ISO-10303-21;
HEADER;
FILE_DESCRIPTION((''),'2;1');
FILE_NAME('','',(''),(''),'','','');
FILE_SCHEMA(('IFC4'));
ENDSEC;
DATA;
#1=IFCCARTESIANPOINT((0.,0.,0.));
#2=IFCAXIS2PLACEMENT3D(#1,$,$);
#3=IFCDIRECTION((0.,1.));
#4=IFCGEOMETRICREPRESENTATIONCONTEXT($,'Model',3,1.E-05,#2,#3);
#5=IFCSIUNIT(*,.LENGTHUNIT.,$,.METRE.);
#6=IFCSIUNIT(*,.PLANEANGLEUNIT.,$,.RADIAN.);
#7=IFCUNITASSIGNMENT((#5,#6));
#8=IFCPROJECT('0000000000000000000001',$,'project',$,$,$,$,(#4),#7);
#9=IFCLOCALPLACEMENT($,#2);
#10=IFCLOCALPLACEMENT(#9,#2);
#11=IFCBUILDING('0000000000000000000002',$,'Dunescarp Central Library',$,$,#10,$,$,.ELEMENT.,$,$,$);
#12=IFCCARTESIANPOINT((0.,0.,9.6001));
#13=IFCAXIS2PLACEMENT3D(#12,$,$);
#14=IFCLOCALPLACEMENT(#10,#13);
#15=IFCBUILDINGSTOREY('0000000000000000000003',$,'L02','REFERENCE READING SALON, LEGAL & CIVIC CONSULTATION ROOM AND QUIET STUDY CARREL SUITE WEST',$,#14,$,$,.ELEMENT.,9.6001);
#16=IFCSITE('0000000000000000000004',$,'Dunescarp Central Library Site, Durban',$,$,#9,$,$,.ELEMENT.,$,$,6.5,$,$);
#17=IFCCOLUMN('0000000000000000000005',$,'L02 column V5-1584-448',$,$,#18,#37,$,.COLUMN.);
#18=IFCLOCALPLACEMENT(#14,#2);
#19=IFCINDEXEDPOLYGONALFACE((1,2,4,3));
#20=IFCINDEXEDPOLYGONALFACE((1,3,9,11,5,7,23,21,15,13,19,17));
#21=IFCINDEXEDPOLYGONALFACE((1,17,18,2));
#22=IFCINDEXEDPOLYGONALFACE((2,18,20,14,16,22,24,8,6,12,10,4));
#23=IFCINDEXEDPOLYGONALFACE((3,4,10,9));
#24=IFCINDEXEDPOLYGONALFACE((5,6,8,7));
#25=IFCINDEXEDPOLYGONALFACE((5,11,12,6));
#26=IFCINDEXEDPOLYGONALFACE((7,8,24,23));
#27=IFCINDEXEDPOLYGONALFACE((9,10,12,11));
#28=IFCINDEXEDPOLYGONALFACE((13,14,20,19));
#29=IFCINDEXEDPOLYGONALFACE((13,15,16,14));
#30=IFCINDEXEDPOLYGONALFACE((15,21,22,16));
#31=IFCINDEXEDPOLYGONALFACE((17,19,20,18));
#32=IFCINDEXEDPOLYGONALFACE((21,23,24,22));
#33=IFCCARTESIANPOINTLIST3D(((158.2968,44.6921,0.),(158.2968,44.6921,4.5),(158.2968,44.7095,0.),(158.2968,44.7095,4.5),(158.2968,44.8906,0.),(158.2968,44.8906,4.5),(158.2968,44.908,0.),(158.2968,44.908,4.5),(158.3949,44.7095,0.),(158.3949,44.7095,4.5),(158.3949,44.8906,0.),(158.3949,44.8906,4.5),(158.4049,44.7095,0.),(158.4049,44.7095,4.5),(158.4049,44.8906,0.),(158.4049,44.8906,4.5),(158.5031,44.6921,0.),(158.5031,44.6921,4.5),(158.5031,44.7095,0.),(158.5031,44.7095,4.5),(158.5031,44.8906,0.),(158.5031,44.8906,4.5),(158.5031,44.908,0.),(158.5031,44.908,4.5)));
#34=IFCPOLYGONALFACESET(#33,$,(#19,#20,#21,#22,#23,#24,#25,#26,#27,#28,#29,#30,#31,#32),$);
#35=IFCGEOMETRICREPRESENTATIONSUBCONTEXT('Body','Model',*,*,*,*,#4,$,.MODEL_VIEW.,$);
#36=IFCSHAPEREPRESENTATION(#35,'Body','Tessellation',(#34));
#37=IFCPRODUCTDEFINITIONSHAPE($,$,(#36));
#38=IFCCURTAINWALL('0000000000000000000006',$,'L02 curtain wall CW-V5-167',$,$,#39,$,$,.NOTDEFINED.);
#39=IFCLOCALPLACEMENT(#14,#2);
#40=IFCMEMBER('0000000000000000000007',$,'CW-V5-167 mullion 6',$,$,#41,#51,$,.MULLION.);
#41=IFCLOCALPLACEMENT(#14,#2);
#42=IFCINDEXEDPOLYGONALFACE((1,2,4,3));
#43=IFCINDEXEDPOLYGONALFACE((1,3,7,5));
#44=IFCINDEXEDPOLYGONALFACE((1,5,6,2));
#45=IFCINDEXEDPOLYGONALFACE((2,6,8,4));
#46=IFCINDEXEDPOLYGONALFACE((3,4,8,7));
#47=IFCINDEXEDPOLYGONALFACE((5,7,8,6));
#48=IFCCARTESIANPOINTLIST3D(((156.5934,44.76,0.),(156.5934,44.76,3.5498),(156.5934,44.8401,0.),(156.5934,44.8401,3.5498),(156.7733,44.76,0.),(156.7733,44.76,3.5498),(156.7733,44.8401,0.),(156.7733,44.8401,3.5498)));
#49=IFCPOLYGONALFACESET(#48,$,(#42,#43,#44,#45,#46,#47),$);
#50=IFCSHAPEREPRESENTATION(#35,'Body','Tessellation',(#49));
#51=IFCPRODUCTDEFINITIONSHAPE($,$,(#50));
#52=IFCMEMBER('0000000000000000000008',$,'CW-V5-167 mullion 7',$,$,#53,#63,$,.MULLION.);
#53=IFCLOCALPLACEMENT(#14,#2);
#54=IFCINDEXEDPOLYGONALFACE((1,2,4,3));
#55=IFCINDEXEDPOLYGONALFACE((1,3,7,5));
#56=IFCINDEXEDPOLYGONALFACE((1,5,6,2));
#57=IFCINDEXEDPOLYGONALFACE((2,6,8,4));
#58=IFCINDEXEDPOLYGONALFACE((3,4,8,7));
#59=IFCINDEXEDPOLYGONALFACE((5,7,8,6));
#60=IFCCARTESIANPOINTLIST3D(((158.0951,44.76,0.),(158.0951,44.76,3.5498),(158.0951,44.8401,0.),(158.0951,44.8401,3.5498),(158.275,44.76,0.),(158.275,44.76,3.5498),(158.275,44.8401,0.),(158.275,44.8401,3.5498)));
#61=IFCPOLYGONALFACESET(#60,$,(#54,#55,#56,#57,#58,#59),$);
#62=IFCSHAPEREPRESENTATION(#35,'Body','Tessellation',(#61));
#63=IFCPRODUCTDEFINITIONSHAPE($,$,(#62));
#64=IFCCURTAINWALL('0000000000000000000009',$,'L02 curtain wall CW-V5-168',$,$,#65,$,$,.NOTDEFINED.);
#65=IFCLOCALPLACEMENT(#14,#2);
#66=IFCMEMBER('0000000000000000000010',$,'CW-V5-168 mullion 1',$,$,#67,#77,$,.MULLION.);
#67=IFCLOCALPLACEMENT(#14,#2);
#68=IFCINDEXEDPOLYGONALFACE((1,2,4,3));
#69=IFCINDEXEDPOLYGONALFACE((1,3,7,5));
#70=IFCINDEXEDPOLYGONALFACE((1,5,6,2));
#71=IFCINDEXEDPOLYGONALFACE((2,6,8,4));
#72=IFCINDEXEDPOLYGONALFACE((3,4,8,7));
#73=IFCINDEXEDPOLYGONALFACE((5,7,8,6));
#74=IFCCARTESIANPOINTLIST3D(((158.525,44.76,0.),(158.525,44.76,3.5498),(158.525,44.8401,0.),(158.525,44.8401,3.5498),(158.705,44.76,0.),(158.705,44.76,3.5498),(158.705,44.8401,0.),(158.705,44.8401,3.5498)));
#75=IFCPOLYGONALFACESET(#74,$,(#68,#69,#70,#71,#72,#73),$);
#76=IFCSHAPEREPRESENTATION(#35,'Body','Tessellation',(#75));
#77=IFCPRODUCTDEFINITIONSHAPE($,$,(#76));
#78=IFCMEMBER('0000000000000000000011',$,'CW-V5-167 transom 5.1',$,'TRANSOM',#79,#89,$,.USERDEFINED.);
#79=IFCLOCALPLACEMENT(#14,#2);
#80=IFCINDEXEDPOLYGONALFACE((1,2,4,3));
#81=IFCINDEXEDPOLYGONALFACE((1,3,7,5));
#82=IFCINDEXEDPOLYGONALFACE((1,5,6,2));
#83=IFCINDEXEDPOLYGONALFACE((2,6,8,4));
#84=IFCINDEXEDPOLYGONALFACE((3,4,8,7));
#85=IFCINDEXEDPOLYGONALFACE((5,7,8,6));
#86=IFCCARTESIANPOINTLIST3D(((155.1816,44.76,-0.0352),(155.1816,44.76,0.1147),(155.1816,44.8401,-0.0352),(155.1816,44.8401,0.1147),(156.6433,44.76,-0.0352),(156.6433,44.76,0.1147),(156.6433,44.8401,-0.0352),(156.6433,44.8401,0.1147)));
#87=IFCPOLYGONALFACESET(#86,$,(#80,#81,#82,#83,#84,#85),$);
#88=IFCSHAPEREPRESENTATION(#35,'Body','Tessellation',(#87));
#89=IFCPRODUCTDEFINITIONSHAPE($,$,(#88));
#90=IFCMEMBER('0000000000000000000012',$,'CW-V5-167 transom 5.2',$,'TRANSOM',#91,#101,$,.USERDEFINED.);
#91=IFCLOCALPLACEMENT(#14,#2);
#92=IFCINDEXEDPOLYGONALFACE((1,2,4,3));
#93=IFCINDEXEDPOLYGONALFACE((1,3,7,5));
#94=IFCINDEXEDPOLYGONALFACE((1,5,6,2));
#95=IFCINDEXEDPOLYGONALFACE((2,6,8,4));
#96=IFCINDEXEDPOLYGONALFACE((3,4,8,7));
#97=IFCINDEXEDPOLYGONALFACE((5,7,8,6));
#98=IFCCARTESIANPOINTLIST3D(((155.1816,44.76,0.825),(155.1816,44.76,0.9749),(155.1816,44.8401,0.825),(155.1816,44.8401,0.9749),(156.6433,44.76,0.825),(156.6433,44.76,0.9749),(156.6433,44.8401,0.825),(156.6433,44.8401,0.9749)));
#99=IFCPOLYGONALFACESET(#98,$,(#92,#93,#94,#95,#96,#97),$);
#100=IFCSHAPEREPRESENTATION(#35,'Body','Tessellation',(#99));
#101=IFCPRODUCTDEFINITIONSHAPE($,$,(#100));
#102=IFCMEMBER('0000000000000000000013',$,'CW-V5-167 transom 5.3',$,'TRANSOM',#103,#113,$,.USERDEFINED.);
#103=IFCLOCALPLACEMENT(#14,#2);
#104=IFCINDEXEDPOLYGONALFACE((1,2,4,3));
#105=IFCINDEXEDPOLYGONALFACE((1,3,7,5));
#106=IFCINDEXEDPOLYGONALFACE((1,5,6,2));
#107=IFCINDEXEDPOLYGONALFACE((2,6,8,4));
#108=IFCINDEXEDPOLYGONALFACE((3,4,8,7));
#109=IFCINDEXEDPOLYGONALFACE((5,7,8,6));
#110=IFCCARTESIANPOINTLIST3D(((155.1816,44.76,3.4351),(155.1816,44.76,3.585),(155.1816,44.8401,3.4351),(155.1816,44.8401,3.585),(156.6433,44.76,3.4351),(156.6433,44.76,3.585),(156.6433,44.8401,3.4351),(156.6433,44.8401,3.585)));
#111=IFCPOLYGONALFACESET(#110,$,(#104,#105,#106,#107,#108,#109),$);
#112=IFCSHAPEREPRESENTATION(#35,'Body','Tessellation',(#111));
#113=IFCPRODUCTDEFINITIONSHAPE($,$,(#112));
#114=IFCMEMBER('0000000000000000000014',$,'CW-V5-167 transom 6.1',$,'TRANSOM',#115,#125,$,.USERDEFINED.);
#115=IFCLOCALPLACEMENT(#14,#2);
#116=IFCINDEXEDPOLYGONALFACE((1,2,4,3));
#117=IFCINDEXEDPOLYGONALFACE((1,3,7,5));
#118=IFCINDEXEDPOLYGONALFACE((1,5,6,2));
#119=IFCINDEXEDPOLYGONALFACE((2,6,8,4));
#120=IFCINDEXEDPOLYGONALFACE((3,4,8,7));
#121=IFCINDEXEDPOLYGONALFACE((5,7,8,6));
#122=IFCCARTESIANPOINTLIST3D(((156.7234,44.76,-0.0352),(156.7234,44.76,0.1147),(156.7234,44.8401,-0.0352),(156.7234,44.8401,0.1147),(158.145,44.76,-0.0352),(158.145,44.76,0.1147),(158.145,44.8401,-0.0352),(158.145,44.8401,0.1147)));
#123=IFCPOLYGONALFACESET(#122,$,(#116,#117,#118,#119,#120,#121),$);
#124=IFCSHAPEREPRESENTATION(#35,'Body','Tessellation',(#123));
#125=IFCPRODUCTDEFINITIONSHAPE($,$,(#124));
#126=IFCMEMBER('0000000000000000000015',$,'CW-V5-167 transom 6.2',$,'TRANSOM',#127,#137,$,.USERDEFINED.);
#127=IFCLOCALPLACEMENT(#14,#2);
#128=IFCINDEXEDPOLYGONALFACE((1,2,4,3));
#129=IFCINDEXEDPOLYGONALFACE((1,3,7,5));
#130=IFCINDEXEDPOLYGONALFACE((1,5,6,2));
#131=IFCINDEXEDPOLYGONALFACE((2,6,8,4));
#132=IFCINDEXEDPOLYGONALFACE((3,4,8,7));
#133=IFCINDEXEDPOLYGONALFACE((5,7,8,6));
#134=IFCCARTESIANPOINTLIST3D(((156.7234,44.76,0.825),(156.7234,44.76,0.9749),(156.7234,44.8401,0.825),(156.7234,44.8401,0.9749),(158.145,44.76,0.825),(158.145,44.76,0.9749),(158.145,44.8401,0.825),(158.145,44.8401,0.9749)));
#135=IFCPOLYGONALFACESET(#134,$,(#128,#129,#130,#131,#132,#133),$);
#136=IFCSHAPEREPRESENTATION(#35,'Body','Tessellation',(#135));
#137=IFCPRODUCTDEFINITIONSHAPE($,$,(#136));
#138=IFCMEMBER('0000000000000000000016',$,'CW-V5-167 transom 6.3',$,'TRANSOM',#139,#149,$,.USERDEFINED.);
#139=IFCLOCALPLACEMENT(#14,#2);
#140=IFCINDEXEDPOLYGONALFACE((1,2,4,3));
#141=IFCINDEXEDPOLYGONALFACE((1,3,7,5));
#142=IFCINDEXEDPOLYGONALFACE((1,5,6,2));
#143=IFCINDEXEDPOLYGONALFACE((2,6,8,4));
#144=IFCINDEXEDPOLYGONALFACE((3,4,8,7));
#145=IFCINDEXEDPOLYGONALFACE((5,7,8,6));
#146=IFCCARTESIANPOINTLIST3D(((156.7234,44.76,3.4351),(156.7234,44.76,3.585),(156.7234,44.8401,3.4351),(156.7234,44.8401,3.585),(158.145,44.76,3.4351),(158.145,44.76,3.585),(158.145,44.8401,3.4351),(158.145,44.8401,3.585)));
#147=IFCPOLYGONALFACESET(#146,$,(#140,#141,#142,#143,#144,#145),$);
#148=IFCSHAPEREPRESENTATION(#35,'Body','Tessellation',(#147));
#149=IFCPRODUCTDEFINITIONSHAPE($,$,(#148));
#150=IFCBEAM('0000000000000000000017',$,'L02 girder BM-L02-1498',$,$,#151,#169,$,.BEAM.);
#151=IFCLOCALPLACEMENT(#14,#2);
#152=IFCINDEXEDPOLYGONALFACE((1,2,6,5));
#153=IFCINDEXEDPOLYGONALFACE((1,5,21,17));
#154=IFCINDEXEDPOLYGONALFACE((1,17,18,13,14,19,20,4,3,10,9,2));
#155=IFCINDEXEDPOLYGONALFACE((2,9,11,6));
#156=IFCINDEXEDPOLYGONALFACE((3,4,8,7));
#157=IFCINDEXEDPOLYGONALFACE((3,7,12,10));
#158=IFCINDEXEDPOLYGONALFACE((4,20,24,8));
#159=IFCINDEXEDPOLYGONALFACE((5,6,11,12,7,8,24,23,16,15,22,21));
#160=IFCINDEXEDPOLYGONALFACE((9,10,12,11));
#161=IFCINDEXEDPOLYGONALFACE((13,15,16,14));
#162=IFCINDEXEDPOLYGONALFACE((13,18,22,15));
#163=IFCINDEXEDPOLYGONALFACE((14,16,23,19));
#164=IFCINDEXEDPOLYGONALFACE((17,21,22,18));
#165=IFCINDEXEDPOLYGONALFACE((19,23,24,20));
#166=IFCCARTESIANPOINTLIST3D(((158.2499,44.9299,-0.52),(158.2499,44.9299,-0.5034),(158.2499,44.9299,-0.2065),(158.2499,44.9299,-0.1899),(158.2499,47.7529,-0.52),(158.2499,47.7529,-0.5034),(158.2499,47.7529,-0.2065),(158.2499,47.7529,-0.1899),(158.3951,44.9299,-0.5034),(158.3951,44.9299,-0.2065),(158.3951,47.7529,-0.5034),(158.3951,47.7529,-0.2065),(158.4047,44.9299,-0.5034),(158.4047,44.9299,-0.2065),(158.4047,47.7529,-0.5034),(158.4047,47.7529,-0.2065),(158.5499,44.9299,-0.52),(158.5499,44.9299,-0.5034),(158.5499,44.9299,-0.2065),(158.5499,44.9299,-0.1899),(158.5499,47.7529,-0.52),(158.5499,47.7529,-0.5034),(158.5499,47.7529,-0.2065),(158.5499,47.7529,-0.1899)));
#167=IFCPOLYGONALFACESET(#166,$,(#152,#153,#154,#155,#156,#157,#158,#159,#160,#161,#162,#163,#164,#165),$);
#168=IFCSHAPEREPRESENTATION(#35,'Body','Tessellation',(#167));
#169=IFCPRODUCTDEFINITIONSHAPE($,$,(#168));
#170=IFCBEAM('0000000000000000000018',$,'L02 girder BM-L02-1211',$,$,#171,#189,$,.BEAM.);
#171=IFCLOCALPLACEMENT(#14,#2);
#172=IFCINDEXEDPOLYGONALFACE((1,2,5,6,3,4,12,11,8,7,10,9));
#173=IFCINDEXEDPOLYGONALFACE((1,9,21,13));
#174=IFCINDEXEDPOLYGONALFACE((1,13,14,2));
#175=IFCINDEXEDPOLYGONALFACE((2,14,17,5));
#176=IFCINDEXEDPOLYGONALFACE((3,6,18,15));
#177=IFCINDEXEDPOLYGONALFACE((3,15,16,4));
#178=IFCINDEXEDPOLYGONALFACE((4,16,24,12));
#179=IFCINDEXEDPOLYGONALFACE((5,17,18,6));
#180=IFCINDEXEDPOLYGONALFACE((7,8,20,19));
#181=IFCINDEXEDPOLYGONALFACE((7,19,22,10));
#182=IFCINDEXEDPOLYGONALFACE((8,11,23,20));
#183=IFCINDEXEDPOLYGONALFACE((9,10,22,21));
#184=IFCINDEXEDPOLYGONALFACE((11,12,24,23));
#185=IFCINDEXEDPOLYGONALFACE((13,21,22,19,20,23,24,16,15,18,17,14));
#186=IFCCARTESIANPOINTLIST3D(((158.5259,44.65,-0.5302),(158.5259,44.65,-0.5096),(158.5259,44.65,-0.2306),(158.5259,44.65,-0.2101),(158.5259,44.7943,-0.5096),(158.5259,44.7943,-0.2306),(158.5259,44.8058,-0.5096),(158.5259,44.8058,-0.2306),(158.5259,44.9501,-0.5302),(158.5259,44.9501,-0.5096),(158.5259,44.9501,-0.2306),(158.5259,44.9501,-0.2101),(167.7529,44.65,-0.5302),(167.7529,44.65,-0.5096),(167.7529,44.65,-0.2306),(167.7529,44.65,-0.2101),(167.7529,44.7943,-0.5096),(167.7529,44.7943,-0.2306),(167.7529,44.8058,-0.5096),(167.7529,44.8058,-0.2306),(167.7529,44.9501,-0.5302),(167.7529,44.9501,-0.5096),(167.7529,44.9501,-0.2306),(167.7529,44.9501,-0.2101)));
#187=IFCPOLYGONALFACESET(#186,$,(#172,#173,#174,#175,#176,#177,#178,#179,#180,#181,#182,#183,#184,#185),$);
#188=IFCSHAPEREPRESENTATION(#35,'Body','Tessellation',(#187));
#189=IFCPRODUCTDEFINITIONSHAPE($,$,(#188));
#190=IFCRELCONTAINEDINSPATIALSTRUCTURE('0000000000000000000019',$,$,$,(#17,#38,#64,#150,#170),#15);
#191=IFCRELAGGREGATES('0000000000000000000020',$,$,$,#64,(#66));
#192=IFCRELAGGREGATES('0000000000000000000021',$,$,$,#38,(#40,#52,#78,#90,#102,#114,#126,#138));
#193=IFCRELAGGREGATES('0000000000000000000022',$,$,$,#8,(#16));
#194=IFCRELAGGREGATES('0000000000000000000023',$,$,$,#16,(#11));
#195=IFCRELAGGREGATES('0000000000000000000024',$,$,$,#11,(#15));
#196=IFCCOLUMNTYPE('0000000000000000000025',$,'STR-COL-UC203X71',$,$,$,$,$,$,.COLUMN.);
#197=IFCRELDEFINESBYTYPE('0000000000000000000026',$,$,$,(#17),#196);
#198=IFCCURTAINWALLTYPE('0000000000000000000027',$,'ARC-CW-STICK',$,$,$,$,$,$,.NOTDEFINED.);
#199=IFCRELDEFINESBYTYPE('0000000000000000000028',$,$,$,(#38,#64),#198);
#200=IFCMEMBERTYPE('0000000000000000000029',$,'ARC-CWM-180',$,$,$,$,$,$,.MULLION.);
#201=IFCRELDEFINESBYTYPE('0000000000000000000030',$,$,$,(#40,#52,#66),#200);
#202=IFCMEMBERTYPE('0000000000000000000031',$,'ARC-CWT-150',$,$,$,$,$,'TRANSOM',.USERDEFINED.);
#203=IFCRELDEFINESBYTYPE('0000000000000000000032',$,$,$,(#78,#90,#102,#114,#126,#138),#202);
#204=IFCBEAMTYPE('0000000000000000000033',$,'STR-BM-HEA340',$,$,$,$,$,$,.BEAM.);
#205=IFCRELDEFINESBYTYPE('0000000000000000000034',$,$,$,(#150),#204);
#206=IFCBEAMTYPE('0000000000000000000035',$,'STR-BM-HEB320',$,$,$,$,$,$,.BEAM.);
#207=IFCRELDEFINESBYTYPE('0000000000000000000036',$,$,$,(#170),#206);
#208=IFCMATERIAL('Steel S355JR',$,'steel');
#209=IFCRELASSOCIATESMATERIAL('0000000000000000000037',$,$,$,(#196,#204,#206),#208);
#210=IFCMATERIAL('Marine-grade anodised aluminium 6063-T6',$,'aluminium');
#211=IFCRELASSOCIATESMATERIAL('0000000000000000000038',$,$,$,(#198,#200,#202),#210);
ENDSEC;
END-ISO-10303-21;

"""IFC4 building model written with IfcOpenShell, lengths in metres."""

from ifc_helpers import new_model, si_unit, direction, frame, origin, origin_2d, place, context, subcontext, project, spatial, rectangle, i_section, extrude, material, material_profile, profile_set, type_object, element, aggregate, save


model = new_model("IFC4")

# Units and contexts
model_context = context("Model", 3, precision=1e-05, world=origin(), true_north=direction((0.0, 1.0)))
body_context = subcontext(model_context, "Body", "Model", "MODEL_VIEW")
ifc_project = project(units=[si_unit("LENGTHUNIT", "METRE"), si_unit("PLANEANGLEUNIT", "RADIAN")], contexts=[model_context])

# Site, building, storey
site_placement = place(None, origin())
site = spatial("IfcSite", under=ifc_project, at=site_placement, Name="Dunescarp Central Library Site, Durban", CompositionType="ELEMENT", RefElevation=6.5)
building_placement = place(site_placement, origin())
building = spatial("IfcBuilding", under=site, at=building_placement, Name="Dunescarp Central Library", CompositionType="ELEMENT")
storey_placement = place(building_placement, frame((0.0, 0.0, 9.6001)))
storey = spatial("IfcBuildingStorey", under=building, at=storey_placement, Name="L02", Description="REFERENCE READING SALON, LEGAL & CIVIC CONSULTATION ROOM AND QUIET STUDY CARREL SUITE WEST", CompositionType="ELEMENT", Elevation=9.6001)

# Column
ifc_material_1 = material(Name="Steel S355JR", Category="steel")
ifc_material_profile_1 = material_profile(ifc_material_1, i_section(OverallWidth=0.2063, OverallDepth=0.2158, WebThickness=0.01, FlangeThickness=0.0173, at=origin_2d()), Name="UC 203x203x71")
ifc_profile_set_1 = profile_set([ifc_material_profile_1], Name="Steel S355JR")
column_type = type_object("IfcColumnType", Name="STR-COL-UC203X71", PredefinedType="COLUMN", material=ifc_profile_set_1)
column_placement = place(storey_placement, frame((158.3999, 44.8, 0.0), z_axis=(0.0, 0.0, 1.0), x_axis=(1.0, 0.0, 0.0)))
element("IfcColumn", 1, at=column_placement, inside=storey, type_object=column_type, Name="L02 column V5-1584-448", PredefinedType="COLUMN", context=body_context, shape_type="SweptSolid", body=[
    extrude(i_section(OverallWidth=0.2063, OverallDepth=0.2158, WebThickness=0.01, FlangeThickness=0.0173, at=origin_2d()), origin(), (0.0, 0.0, 1.0), 4.5),
])

# Curtain wall, members
ifc_material_2 = material(Name="Marine-grade anodised aluminium 6063-T6", Category="aluminium")
curtain_wall_type = type_object("IfcCurtainWallType", Name="ARC-CW-STICK", PredefinedType="NOTDEFINED", material=ifc_material_2)
curtain_wall_1_placement = place(storey_placement, origin())
curtain_wall_1 = element("IfcCurtainWall", 2, at=curtain_wall_1_placement, inside=storey, type_object=curtain_wall_type, Name="L02 curtain wall CW-V5-167", PredefinedType="NOTDEFINED")
ifc_material_profile_2 = material_profile(ifc_material_2, rectangle(XDim=0.0801, YDim=0.1799, at=origin_2d()), Name="AL 80x180")
ifc_profile_set_2 = profile_set([ifc_material_profile_2], Name="Marine-grade anodised aluminium 6063-T6")
member_type_1 = type_object("IfcMemberType", Name="ARC-CWM-180", PredefinedType="MULLION", material=ifc_profile_set_2)
member_1_placement = place(storey_placement, frame((156.6833, 44.8, 0.0), z_axis=(0.0, 0.0, 1.0), x_axis=(0.0, 1.0, 0.0)))
member_1 = element("IfcMember", 3, at=member_1_placement, type_object=member_type_1, Name="CW-V5-167 mullion 6", PredefinedType="MULLION", context=body_context, shape_type="SweptSolid", body=[
    extrude(rectangle(XDim=0.0801, YDim=0.1799, at=origin_2d()), origin(), (0.0, 0.0, 1.0), 3.5498),
])
member_2_placement = place(storey_placement, frame((158.1851, 44.8, 0.0), z_axis=(0.0, 0.0, 1.0), x_axis=(0.0, 1.0, 0.0)))
member_2 = element("IfcMember", 4, at=member_2_placement, type_object=member_type_1, Name="CW-V5-167 mullion 7", PredefinedType="MULLION", context=body_context, shape_type="SweptSolid", body=[
    extrude(rectangle(XDim=0.0801, YDim=0.1799, at=origin_2d()), origin(), (0.0, 0.0, 1.0), 3.5498),
])

# Curtain wall, member
curtain_wall_2_placement = place(storey_placement, origin())
curtain_wall_2 = element("IfcCurtainWall", 5, at=curtain_wall_2_placement, inside=storey, type_object=curtain_wall_type, Name="L02 curtain wall CW-V5-168", PredefinedType="NOTDEFINED")
member_3_placement = place(storey_placement, frame((158.615, 44.8, 0.0), z_axis=(0.0, 0.0, 1.0), x_axis=(0.0, 1.0, 0.0)))
member_3 = element("IfcMember", 6, at=member_3_placement, type_object=member_type_1, Name="CW-V5-168 mullion 1", PredefinedType="MULLION", context=body_context, shape_type="SweptSolid", body=[
    extrude(rectangle(XDim=0.0801, YDim=0.1799, at=origin_2d()), origin(), (0.0, 0.0, 1.0), 3.5498),
])
aggregate(curtain_wall_2, [member_3])

# Members
ifc_material_profile_3 = material_profile(ifc_material_2, rectangle(XDim=0.0801, YDim=0.1499, at=origin_2d()), Name="AL 80x150")
ifc_profile_set_3 = profile_set([ifc_material_profile_3], Name="Marine-grade anodised aluminium 6063-T6")
member_type_2 = type_object("IfcMemberType", Name="ARC-CWT-150", ElementType="TRANSOM", PredefinedType="USERDEFINED", material=ifc_profile_set_3)
member_4_placement = place(storey_placement, frame((155.1816, 44.8, 0.0398), z_axis=(1.0, 0.0, 0.0), x_axis=(0.0, 1.0, 0.0)))
member_4 = element("IfcMember", 7, at=member_4_placement, type_object=member_type_2, Name="CW-V5-167 transom 5.1", ObjectType="TRANSOM", PredefinedType="USERDEFINED", context=body_context, shape_type="SweptSolid", body=[
    extrude(rectangle(XDim=0.0801, YDim=0.1499, at=origin_2d()), origin(), (0.0, 0.0, 1.0), 1.4617),
])
member_5_placement = place(storey_placement, frame((155.1816, 44.8, 0.8999), z_axis=(1.0, 0.0, 0.0), x_axis=(0.0, 1.0, 0.0)))
member_5 = element("IfcMember", 8, at=member_5_placement, type_object=member_type_2, Name="CW-V5-167 transom 5.2", ObjectType="TRANSOM", PredefinedType="USERDEFINED", context=body_context, shape_type="SweptSolid", body=[
    extrude(rectangle(XDim=0.0801, YDim=0.1499, at=origin_2d()), origin(), (0.0, 0.0, 1.0), 1.4617),
])
member_6_placement = place(storey_placement, frame((155.1816, 44.8, 3.51), z_axis=(1.0, 0.0, 0.0), x_axis=(0.0, 1.0, 0.0)))
member_6 = element("IfcMember", 9, at=member_6_placement, type_object=member_type_2, Name="CW-V5-167 transom 5.3", ObjectType="TRANSOM", PredefinedType="USERDEFINED", context=body_context, shape_type="SweptSolid", body=[
    extrude(rectangle(XDim=0.0801, YDim=0.1499, at=origin_2d()), origin(), (0.0, 0.0, 1.0), 1.4617),
])
member_7_placement = place(storey_placement, frame((156.7234, 44.8, 0.0398), z_axis=(1.0, 0.0, 0.0), x_axis=(0.0, 1.0, 0.0)))
member_7 = element("IfcMember", 10, at=member_7_placement, type_object=member_type_2, Name="CW-V5-167 transom 6.1", ObjectType="TRANSOM", PredefinedType="USERDEFINED", context=body_context, shape_type="SweptSolid", body=[
    extrude(rectangle(XDim=0.0801, YDim=0.1499, at=origin_2d()), origin(), (0.0, 0.0, 1.0), 1.4216),
])
member_8_placement = place(storey_placement, frame((156.7234, 44.8, 0.8999), z_axis=(1.0, 0.0, 0.0), x_axis=(0.0, 1.0, 0.0)))
member_8 = element("IfcMember", 11, at=member_8_placement, type_object=member_type_2, Name="CW-V5-167 transom 6.2", ObjectType="TRANSOM", PredefinedType="USERDEFINED", context=body_context, shape_type="SweptSolid", body=[
    extrude(rectangle(XDim=0.0801, YDim=0.1499, at=origin_2d()), origin(), (0.0, 0.0, 1.0), 1.4216),
])
member_9_placement = place(storey_placement, frame((156.7234, 44.8, 3.51), z_axis=(1.0, 0.0, 0.0), x_axis=(0.0, 1.0, 0.0)))
member_9 = element("IfcMember", 12, at=member_9_placement, type_object=member_type_2, Name="CW-V5-167 transom 6.3", ObjectType="TRANSOM", PredefinedType="USERDEFINED", context=body_context, shape_type="SweptSolid", body=[
    extrude(rectangle(XDim=0.0801, YDim=0.1499, at=origin_2d()), origin(), (0.0, 0.0, 1.0), 1.4216),
])

# Beams
ifc_material_profile_4 = material_profile(ifc_material_1, i_section(OverallWidth=0.3, OverallDepth=0.3301, WebThickness=0.0095, FlangeThickness=0.0166, at=origin_2d()), Name="HEA 340")
ifc_profile_set_4 = profile_set([ifc_material_profile_4], Name="Steel S355JR")
beam_type_1 = type_object("IfcBeamType", Name="STR-BM-HEA340", PredefinedType="BEAM", material=ifc_profile_set_4)
beam_1_placement = place(storey_placement, frame((158.3999, 44.9299, -0.355), z_axis=(0.0, 1.0, 0.0), x_axis=(-1.0, 0.0, 0.0)))
element("IfcBeam", 13, at=beam_1_placement, inside=storey, type_object=beam_type_1, Name="L02 girder BM-L02-1498", PredefinedType="BEAM", context=body_context, shape_type="SweptSolid", body=[
    extrude(i_section(OverallWidth=0.3, OverallDepth=0.3301, WebThickness=0.0095, FlangeThickness=0.0166, at=origin_2d()), origin(), (0.0, 0.0, 1.0), 2.823),
])
ifc_material_profile_5 = material_profile(ifc_material_1, i_section(OverallWidth=0.3, OverallDepth=0.3201, WebThickness=0.0115, FlangeThickness=0.0205, at=origin_2d()), Name="HEB 320")
ifc_profile_set_5 = profile_set([ifc_material_profile_5], Name="Steel S355JR")
beam_type_2 = type_object("IfcBeamType", Name="STR-BM-HEB320", PredefinedType="BEAM", material=ifc_profile_set_5)
beam_2_placement = place(storey_placement, frame((158.5259, 44.8, -0.3701), z_axis=(1.0, 0.0, 0.0), x_axis=(0.0, 1.0, 0.0)))
element("IfcBeam", 14, at=beam_2_placement, inside=storey, type_object=beam_type_2, Name="L02 girder BM-L02-1211", PredefinedType="BEAM", context=body_context, shape_type="SweptSolid", body=[
    extrude(i_section(OverallWidth=0.3, OverallDepth=0.3201, WebThickness=0.0115, FlangeThickness=0.0205, at=origin_2d()), origin(), (0.0, 0.0, 1.0), 9.2271),
])

aggregate(curtain_wall_1, [member_1, member_2, member_4, member_5, member_6, member_7, member_8, member_9])

save(model, "model.ifc")
